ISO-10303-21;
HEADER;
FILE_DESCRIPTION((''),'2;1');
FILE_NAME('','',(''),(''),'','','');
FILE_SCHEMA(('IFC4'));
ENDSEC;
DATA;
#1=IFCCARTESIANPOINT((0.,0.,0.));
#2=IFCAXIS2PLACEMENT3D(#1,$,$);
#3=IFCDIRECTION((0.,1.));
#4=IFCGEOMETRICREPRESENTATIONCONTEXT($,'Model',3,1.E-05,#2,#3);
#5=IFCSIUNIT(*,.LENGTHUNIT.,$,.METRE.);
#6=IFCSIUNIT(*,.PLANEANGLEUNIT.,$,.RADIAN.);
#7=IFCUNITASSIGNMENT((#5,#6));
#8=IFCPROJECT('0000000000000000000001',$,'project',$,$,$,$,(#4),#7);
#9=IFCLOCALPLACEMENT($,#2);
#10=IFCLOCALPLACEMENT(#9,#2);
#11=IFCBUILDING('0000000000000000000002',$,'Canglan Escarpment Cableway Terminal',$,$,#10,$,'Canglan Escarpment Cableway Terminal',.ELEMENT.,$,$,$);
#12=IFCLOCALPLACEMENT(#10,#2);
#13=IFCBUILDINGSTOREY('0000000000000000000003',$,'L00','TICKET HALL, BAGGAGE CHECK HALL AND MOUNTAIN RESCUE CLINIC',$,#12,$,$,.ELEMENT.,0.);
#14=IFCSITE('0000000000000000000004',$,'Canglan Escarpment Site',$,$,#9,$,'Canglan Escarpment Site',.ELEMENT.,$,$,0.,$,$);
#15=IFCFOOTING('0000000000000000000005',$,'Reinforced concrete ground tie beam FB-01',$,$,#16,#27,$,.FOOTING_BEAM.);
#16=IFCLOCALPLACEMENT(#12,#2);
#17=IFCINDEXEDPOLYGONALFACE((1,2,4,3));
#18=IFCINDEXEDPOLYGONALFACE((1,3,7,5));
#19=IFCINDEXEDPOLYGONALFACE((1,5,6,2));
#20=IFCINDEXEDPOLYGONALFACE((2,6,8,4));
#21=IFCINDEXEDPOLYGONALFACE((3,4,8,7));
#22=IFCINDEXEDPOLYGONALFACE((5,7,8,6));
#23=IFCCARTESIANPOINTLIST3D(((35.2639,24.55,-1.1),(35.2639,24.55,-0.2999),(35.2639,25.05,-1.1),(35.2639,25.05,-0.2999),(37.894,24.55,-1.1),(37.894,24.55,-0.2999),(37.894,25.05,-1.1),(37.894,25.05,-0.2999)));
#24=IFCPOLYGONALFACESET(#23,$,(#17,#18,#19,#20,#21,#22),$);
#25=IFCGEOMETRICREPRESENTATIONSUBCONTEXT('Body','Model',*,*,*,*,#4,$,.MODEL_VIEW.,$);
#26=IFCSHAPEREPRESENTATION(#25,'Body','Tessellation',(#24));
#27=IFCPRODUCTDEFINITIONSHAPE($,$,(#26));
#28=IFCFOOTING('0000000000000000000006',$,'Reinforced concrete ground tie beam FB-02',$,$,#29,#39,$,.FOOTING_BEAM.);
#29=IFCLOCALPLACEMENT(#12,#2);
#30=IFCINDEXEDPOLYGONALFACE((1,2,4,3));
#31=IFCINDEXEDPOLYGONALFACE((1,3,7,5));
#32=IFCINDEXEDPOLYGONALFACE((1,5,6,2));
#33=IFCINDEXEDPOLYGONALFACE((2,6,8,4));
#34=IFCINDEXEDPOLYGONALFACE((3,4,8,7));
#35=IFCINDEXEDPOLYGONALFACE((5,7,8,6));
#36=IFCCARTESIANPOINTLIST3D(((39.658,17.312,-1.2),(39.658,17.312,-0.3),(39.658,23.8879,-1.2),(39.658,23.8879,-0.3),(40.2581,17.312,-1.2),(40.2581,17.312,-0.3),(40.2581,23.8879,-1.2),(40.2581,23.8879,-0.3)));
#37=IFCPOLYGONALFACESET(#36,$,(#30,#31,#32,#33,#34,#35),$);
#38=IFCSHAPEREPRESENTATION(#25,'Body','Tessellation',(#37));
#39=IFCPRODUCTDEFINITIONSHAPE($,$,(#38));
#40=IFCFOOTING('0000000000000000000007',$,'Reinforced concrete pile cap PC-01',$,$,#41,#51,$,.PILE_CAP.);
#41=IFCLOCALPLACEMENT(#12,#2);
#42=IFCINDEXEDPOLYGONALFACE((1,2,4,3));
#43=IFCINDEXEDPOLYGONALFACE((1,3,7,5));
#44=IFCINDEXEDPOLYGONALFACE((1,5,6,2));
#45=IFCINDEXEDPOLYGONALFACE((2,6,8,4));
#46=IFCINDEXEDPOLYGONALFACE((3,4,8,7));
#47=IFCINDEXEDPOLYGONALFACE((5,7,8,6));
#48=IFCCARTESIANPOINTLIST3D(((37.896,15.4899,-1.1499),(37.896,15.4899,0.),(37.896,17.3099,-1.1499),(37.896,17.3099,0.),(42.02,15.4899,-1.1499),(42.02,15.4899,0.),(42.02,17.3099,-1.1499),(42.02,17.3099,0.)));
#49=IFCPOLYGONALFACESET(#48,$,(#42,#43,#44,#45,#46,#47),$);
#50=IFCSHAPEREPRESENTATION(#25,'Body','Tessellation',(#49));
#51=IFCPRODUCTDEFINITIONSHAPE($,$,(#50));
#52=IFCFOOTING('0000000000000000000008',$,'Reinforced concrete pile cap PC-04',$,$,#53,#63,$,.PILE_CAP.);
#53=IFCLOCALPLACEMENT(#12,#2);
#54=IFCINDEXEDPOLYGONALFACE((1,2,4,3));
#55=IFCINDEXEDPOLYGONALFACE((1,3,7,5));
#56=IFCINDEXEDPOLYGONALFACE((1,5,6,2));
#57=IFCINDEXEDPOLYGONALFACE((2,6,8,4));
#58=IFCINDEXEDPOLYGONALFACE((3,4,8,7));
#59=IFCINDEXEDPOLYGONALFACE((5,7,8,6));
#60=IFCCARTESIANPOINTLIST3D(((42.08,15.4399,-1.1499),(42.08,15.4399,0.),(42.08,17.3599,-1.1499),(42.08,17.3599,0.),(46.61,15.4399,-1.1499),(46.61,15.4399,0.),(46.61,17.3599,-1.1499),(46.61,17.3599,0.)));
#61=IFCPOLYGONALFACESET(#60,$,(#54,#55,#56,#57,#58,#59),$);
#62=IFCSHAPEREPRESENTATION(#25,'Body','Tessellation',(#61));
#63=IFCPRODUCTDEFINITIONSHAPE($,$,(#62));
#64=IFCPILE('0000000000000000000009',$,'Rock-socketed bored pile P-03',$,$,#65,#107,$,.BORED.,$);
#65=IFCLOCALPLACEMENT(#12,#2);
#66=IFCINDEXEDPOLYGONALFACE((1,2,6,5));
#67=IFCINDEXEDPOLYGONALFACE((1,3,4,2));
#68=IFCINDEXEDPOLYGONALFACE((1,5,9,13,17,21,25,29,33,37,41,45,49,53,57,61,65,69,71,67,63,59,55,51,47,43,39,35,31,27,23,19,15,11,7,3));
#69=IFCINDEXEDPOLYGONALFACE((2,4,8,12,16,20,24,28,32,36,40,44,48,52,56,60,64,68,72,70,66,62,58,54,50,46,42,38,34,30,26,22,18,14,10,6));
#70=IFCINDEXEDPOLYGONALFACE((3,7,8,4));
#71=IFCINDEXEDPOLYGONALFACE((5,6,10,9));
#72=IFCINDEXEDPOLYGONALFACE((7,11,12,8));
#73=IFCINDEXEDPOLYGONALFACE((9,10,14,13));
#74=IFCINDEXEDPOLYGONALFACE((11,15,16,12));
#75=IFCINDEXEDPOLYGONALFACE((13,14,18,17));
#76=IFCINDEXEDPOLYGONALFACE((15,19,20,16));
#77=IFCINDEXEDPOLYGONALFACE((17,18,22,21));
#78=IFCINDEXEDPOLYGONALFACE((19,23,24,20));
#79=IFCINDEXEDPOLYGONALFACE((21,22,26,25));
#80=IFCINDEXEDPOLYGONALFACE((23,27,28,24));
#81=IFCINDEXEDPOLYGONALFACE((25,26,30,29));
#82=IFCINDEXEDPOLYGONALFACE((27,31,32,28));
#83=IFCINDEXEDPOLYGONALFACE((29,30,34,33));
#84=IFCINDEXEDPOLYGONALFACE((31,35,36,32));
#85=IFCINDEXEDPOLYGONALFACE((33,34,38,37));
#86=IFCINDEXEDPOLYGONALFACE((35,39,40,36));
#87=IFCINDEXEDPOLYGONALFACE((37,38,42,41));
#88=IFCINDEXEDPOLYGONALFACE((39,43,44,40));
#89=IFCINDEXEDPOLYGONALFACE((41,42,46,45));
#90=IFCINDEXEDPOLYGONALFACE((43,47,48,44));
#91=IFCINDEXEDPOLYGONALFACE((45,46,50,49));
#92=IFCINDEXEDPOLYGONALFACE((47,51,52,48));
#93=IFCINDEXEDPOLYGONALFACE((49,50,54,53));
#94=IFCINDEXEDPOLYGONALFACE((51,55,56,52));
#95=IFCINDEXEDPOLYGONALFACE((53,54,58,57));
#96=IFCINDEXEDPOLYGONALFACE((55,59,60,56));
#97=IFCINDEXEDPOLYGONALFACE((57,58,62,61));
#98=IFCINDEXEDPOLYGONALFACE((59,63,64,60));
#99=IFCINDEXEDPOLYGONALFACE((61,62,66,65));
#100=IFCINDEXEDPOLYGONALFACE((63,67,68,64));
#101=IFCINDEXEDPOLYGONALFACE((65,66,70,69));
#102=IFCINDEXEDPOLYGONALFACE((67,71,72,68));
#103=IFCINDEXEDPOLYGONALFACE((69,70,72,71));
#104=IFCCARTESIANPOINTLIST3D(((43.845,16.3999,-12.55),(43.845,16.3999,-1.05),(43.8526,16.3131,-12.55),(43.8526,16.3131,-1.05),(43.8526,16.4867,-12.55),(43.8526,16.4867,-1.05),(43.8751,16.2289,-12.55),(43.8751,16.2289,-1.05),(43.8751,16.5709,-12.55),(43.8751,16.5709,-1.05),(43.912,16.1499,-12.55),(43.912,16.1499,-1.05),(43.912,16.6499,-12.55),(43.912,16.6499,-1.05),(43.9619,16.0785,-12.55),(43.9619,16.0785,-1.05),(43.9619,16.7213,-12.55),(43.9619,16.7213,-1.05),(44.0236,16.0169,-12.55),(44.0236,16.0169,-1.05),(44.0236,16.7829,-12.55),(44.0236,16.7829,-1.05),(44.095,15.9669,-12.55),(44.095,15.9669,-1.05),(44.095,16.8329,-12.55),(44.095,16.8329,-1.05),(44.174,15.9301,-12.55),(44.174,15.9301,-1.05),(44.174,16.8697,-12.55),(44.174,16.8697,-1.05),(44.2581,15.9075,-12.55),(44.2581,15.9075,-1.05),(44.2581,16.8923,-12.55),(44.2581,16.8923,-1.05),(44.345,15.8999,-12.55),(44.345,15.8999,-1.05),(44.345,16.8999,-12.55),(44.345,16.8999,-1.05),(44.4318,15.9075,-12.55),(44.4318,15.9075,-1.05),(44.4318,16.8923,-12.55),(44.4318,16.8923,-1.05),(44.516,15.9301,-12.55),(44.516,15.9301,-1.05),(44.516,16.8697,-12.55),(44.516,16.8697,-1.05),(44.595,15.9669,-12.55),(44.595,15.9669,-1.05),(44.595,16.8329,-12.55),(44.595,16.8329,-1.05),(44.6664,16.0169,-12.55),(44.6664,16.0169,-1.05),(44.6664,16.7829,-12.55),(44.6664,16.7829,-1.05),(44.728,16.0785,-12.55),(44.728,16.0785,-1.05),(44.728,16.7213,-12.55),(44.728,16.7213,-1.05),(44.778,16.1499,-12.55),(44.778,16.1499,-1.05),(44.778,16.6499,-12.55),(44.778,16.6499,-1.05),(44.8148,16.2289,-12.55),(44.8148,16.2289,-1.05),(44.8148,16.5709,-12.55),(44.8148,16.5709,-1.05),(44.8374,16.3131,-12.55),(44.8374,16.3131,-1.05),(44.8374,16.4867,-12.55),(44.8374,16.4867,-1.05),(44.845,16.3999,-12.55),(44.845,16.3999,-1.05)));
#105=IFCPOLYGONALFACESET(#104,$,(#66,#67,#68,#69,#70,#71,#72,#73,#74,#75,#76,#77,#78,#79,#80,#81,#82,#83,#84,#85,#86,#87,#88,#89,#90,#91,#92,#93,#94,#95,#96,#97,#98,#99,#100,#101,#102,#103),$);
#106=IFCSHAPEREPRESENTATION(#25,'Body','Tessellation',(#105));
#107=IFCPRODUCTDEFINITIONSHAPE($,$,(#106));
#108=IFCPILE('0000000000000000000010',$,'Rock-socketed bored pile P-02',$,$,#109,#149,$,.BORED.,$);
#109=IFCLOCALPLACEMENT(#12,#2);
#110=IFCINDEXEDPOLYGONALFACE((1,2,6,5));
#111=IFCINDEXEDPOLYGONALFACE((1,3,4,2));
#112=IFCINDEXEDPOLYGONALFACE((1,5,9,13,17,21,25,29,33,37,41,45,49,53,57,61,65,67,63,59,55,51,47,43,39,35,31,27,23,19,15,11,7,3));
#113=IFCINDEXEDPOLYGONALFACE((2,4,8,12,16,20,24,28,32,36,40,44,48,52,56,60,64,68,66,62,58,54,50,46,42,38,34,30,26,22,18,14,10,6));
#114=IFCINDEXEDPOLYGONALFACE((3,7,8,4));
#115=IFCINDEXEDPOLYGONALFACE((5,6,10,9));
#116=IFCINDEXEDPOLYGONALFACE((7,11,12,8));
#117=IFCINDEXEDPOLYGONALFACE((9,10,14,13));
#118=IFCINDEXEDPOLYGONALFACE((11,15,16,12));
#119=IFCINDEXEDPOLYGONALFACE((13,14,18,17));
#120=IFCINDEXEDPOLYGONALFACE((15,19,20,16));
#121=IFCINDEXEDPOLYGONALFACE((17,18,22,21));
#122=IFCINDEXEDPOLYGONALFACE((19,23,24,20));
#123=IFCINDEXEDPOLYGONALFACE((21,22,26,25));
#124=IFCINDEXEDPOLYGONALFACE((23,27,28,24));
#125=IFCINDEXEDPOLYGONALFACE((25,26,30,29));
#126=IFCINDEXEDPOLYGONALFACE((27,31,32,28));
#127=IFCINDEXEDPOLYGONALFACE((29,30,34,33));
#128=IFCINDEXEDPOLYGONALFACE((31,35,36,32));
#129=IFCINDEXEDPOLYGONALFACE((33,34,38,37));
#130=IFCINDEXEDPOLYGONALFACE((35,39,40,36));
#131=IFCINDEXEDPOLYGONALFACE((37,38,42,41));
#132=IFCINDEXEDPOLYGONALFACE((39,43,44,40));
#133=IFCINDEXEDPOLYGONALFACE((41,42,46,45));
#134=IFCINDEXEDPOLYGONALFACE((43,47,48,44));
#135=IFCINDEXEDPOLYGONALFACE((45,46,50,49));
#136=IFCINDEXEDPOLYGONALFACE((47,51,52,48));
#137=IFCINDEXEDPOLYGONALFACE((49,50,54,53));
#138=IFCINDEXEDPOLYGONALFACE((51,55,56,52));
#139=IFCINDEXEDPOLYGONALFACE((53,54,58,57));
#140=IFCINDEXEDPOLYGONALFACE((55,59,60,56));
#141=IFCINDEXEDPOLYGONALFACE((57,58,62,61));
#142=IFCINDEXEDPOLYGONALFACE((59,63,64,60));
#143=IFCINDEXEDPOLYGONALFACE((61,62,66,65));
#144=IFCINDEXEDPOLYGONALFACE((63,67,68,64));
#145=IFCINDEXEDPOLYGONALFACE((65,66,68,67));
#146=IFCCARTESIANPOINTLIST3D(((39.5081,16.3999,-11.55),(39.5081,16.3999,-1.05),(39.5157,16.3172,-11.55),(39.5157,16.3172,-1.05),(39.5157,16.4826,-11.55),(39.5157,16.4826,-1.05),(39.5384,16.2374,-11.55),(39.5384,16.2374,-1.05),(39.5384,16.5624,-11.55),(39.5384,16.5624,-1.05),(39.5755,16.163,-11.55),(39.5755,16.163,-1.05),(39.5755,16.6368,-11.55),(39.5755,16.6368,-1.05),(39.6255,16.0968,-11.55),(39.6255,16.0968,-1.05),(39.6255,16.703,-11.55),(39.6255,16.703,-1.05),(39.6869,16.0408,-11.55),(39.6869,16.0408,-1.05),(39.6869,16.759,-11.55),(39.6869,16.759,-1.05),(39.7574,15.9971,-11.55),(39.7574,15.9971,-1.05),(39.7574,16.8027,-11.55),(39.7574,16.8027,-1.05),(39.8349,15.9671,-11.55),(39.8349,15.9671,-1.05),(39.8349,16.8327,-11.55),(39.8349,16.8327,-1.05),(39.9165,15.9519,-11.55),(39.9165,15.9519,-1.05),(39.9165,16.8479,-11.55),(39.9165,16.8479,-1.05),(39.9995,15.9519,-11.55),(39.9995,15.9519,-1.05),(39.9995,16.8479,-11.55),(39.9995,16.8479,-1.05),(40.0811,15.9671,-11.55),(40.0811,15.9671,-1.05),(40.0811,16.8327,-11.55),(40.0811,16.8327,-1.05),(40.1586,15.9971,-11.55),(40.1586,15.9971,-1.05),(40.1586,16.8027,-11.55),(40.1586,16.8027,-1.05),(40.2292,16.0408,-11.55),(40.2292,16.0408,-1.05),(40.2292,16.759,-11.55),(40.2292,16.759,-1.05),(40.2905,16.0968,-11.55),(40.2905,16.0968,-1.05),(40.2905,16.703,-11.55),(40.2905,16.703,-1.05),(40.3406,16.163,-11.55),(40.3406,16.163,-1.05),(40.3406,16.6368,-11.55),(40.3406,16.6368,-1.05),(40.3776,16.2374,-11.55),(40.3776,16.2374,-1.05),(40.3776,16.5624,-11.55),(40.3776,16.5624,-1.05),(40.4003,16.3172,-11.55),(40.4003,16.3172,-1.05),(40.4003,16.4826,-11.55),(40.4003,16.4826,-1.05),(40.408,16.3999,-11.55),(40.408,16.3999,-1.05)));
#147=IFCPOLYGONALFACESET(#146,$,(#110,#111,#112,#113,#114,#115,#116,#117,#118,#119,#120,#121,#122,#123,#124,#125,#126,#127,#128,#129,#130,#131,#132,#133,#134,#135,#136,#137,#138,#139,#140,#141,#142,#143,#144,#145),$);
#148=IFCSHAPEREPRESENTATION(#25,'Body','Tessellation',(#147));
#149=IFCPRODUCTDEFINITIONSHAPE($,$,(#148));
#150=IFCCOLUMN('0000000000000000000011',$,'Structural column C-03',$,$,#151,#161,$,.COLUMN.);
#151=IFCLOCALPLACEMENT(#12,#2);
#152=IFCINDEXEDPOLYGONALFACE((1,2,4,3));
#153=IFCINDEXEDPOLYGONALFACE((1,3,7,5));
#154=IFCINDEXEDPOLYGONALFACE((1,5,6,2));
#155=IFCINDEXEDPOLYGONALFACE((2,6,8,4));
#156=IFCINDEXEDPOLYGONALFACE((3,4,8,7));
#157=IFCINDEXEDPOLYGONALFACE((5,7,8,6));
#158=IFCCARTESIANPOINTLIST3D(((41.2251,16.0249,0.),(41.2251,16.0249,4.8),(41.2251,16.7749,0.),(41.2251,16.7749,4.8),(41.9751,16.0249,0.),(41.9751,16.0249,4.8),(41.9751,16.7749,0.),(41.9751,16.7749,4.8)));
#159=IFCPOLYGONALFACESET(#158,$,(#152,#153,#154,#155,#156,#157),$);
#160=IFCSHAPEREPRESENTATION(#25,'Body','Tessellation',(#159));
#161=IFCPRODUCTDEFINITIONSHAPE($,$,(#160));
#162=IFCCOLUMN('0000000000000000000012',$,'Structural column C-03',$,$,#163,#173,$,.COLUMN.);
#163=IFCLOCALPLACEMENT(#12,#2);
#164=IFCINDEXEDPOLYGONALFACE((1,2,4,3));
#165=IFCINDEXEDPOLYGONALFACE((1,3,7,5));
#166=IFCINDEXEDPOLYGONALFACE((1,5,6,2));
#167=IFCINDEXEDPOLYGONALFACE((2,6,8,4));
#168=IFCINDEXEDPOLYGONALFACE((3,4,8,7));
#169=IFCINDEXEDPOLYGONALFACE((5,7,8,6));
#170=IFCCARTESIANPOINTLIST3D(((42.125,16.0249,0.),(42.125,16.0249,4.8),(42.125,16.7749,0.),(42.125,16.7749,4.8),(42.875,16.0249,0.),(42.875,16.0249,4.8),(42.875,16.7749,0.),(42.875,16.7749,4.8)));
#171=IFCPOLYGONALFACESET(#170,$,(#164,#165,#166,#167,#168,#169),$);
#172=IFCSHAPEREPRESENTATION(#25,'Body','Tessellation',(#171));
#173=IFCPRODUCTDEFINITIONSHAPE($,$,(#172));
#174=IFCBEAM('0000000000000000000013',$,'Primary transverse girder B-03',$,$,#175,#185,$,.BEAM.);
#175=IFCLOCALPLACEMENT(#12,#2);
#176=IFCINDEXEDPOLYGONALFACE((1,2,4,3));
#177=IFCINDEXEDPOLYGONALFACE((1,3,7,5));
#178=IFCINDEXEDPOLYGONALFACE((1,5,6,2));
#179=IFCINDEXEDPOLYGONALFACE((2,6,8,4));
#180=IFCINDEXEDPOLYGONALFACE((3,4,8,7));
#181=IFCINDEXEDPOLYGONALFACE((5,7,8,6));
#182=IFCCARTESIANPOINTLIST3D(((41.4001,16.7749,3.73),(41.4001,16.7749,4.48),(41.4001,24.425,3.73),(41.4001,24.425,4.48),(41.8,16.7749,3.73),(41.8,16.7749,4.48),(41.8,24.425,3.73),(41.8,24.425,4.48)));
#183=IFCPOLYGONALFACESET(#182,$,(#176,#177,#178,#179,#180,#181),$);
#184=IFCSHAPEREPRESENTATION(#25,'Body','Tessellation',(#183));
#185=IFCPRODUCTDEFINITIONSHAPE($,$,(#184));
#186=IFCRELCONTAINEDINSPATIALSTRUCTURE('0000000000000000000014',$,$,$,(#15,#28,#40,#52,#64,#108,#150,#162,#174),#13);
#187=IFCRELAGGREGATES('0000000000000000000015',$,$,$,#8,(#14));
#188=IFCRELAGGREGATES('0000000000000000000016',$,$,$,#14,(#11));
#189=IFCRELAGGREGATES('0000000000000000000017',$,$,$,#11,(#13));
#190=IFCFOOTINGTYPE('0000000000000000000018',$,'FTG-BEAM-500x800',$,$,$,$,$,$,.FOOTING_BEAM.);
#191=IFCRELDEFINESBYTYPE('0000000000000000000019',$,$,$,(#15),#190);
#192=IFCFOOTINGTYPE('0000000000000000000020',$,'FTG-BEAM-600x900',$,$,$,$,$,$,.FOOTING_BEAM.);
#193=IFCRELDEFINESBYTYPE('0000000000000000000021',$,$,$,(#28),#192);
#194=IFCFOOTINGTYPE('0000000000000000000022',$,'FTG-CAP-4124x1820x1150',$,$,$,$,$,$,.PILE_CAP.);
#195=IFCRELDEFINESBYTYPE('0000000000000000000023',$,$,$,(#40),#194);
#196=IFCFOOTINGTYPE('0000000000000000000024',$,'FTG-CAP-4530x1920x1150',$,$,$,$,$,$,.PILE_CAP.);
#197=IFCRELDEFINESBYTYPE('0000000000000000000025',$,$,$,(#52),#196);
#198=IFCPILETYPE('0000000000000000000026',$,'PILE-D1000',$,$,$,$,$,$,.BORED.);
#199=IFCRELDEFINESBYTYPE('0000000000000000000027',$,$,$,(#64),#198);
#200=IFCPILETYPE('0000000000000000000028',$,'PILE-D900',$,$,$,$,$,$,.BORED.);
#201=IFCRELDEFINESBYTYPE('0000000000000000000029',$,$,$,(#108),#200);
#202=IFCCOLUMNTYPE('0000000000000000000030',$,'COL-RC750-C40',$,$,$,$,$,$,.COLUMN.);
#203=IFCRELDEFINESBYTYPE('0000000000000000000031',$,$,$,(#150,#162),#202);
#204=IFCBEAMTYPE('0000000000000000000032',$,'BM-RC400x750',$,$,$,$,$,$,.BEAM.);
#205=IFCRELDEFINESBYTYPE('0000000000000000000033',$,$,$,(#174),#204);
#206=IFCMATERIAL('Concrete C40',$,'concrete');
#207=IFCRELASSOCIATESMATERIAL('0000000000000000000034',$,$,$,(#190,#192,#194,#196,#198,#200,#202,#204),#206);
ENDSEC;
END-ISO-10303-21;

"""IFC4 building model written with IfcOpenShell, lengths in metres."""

from ifc_helpers import new_model, si_unit, direction, frame, origin, origin_2d, place, context, subcontext, project, spatial, rectangle, circle, extrude, material, material_profile, profile_set, type_object, element, save


model = new_model("IFC4")

# Units and contexts
model_context = context("Model", 3, precision=1e-05, world=origin(), true_north=direction((0.0, 1.0)))
body_context = subcontext(model_context, "Body", "Model", "MODEL_VIEW")
ifc_project = project(units=[si_unit("LENGTHUNIT", "METRE"), si_unit("PLANEANGLEUNIT", "RADIAN")], contexts=[model_context])

# Site, building, storey
site_placement = place(None, origin())
site = spatial("IfcSite", under=ifc_project, at=site_placement, Name="Canglan Escarpment Site", LongName="Canglan Escarpment Site", CompositionType="ELEMENT", RefElevation=0.0)
building_placement = place(site_placement, origin())
building = spatial("IfcBuilding", under=site, at=building_placement, Name="Canglan Escarpment Cableway Terminal", LongName="Canglan Escarpment Cableway Terminal", CompositionType="ELEMENT")
storey_placement = place(building_placement, origin())
storey = spatial("IfcBuildingStorey", under=building, at=storey_placement, Name="L00", Description="TICKET HALL, BAGGAGE CHECK HALL AND MOUNTAIN RESCUE CLINIC", CompositionType="ELEMENT", Elevation=0.0)

# Footings
ifc_material_1 = material(Name="Concrete C40", Category="concrete")
ifc_material_profile_1 = material_profile(ifc_material_1, rectangle(XDim=0.5, YDim=0.8, at=origin_2d()), Name="FB 500x800")
ifc_profile_set_1 = profile_set([ifc_material_profile_1], Name="Concrete C40")
footing_type_1 = type_object("IfcFootingType", Name="FTG-BEAM-500x800", PredefinedType="FOOTING_BEAM", material=ifc_profile_set_1)
footing_1_placement = place(storey_placement, frame((35.2639, 24.8, -0.7), z_axis=(1.0, 0.0, 0.0), x_axis=(0.0, 1.0, 0.0)))
element("IfcFooting", 1, at=footing_1_placement, inside=storey, type_object=footing_type_1, Name="Reinforced concrete ground tie beam FB-01", PredefinedType="FOOTING_BEAM", context=body_context, shape_type="SweptSolid", body=[
    extrude(rectangle(XDim=0.5, YDim=0.8, at=origin_2d()), origin(), (0.0, 0.0, 1.0), 2.6301),
])
ifc_material_profile_2 = material_profile(ifc_material_1, rectangle(XDim=0.6001, YDim=0.8999, at=origin_2d()), Name="FB 600x900")
ifc_profile_set_2 = profile_set([ifc_material_profile_2], Name="Concrete C40")
footing_type_2 = type_object("IfcFootingType", Name="FTG-BEAM-600x900", PredefinedType="FOOTING_BEAM", material=ifc_profile_set_2)
footing_2_placement = place(storey_placement, frame((39.958, 17.312, -0.75), z_axis=(0.0, 1.0, 0.0), x_axis=(-1.0, 0.0, 0.0)))
element("IfcFooting", 2, at=footing_2_placement, inside=storey, type_object=footing_type_2, Name="Reinforced concrete ground tie beam FB-02", PredefinedType="FOOTING_BEAM", context=body_context, shape_type="SweptSolid", body=[
    extrude(rectangle(XDim=0.6001, YDim=0.8999, at=origin_2d()), origin(), (0.0, 0.0, 1.0), 6.5759),
])
footing_type_3 = type_object("IfcFootingType", Name="FTG-CAP-4124x1820x1150", PredefinedType="PILE_CAP", material=ifc_material_1)
footing_3_placement = place(storey_placement, frame((39.958, 16.3999, -1.1499), z_axis=(0.0, 0.0, 1.0), x_axis=(1.0, 0.0, 0.0)))
element("IfcFooting", 3, at=footing_3_placement, inside=storey, type_object=footing_type_3, Name="Reinforced concrete pile cap PC-01", PredefinedType="PILE_CAP", context=body_context, shape_type="SweptSolid", body=[
    extrude(rectangle(XDim=4.124, YDim=1.8201, at=origin_2d()), origin(), (0.0, 0.0, 1.0), 1.1499),
])
footing_type_4 = type_object("IfcFootingType", Name="FTG-CAP-4530x1920x1150", PredefinedType="PILE_CAP", material=ifc_material_1)
footing_4_placement = place(storey_placement, frame((44.345, 16.3999, -1.1499), z_axis=(0.0, 0.0, 1.0), x_axis=(1.0, 0.0, 0.0)))
element("IfcFooting", 4, at=footing_4_placement, inside=storey, type_object=footing_type_4, Name="Reinforced concrete pile cap PC-04", PredefinedType="PILE_CAP", context=body_context, shape_type="SweptSolid", body=[
    extrude(rectangle(XDim=4.53, YDim=1.9199, at=origin_2d()), origin(), (0.0, 0.0, 1.0), 1.1499),
])

# Piles
ifc_material_profile_3 = material_profile(ifc_material_1, circle(Radius=0.5, at=origin_2d()), Name="BORED PILE D1000")
ifc_profile_set_3 = profile_set([ifc_material_profile_3], Name="Concrete C40")
pile_type_1 = type_object("IfcPileType", Name="PILE-D1000", PredefinedType="BORED", material=ifc_profile_set_3)
pile_1_placement = place(storey_placement, frame((44.345, 16.3999, -1.05), z_axis=(0.0, 0.0, -1.0), x_axis=(1.0, 0.0, 0.0)))
element("IfcPile", 5, at=pile_1_placement, inside=storey, type_object=pile_type_1, Name="Rock-socketed bored pile P-03", PredefinedType="BORED", context=body_context, shape_type="SweptSolid", body=[
    extrude(circle(Radius=0.5, at=origin_2d()), origin(), (0.0, 0.0, 1.0), 11.5),
])
ifc_material_profile_4 = material_profile(ifc_material_1, circle(Radius=0.45, at=origin_2d()), Name="BORED PILE D900")
ifc_profile_set_4 = profile_set([ifc_material_profile_4], Name="Concrete C40")
pile_type_2 = type_object("IfcPileType", Name="PILE-D900", PredefinedType="BORED", material=ifc_profile_set_4)
pile_2_placement = place(storey_placement, frame((39.958, 16.3999, -1.05), z_axis=(0.0, 0.0, -1.0), x_axis=(1.0, 0.0, 0.0)))
element("IfcPile", 6, at=pile_2_placement, inside=storey, type_object=pile_type_2, Name="Rock-socketed bored pile P-02", PredefinedType="BORED", context=body_context, shape_type="SweptSolid", body=[
    extrude(circle(Radius=0.45, at=origin_2d()), origin(), (0.0, 0.0, 1.0), 10.5),
])

# Columns
ifc_material_profile_5 = material_profile(ifc_material_1, rectangle(XDim=0.75, YDim=0.75, at=origin_2d()), Name="RC 750x750")
ifc_profile_set_5 = profile_set([ifc_material_profile_5], Name="Concrete C40")
column_type = type_object("IfcColumnType", Name="COL-RC750-C40", PredefinedType="COLUMN", material=ifc_profile_set_5)
for number, where, z_axis, x_axis, name in (
    (7, (41.6001, 16.3999, 0.0), (0.0, 0.0, 1.0), (1.0, 0.0, 0.0), "Structural column C-03"),
    (8, (42.5, 16.3999, 0.0), (0.0, 0.0, 1.0), (1.0, 0.0, 0.0), "Structural column C-03"),
):
    element("IfcColumn", number, at=place(storey_placement, frame(where, z_axis=z_axis, x_axis=x_axis)), inside=storey, type_object=column_type, Name=name, PredefinedType="COLUMN", context=body_context, shape_type="SweptSolid", body=[
        extrude(rectangle(XDim=0.75, YDim=0.75, at=origin_2d()), origin(), (0.0, 0.0, 1.0), 4.8),
    ])

# Beam
ifc_material_profile_6 = material_profile(ifc_material_1, rectangle(XDim=0.3999, YDim=0.75, at=origin_2d()), Name="RC 400x750")
ifc_profile_set_6 = profile_set([ifc_material_profile_6], Name="Concrete C40")
beam_type_1 = type_object("IfcBeamType", Name="BM-RC400x750", PredefinedType="BEAM", material=ifc_profile_set_6)
for number, where, z_axis, x_axis, name in (
    (9, (41.6001, 16.7749, 4.105), (0.0, 1.0, 0.0), (-1.0, 0.0, 0.0), "Primary transverse girder B-03"),
):
    element("IfcBeam", number, at=place(storey_placement, frame(where, z_axis=z_axis, x_axis=x_axis)), inside=storey, type_object=beam_type_1, Name=name, PredefinedType="BEAM", context=body_context, shape_type="SweptSolid", body=[
        extrude(rectangle(XDim=0.3999, YDim=0.75, at=origin_2d()), origin(), (0.0, 0.0, 1.0), 7.6501),
    ])

save(model, "model.ifc")
